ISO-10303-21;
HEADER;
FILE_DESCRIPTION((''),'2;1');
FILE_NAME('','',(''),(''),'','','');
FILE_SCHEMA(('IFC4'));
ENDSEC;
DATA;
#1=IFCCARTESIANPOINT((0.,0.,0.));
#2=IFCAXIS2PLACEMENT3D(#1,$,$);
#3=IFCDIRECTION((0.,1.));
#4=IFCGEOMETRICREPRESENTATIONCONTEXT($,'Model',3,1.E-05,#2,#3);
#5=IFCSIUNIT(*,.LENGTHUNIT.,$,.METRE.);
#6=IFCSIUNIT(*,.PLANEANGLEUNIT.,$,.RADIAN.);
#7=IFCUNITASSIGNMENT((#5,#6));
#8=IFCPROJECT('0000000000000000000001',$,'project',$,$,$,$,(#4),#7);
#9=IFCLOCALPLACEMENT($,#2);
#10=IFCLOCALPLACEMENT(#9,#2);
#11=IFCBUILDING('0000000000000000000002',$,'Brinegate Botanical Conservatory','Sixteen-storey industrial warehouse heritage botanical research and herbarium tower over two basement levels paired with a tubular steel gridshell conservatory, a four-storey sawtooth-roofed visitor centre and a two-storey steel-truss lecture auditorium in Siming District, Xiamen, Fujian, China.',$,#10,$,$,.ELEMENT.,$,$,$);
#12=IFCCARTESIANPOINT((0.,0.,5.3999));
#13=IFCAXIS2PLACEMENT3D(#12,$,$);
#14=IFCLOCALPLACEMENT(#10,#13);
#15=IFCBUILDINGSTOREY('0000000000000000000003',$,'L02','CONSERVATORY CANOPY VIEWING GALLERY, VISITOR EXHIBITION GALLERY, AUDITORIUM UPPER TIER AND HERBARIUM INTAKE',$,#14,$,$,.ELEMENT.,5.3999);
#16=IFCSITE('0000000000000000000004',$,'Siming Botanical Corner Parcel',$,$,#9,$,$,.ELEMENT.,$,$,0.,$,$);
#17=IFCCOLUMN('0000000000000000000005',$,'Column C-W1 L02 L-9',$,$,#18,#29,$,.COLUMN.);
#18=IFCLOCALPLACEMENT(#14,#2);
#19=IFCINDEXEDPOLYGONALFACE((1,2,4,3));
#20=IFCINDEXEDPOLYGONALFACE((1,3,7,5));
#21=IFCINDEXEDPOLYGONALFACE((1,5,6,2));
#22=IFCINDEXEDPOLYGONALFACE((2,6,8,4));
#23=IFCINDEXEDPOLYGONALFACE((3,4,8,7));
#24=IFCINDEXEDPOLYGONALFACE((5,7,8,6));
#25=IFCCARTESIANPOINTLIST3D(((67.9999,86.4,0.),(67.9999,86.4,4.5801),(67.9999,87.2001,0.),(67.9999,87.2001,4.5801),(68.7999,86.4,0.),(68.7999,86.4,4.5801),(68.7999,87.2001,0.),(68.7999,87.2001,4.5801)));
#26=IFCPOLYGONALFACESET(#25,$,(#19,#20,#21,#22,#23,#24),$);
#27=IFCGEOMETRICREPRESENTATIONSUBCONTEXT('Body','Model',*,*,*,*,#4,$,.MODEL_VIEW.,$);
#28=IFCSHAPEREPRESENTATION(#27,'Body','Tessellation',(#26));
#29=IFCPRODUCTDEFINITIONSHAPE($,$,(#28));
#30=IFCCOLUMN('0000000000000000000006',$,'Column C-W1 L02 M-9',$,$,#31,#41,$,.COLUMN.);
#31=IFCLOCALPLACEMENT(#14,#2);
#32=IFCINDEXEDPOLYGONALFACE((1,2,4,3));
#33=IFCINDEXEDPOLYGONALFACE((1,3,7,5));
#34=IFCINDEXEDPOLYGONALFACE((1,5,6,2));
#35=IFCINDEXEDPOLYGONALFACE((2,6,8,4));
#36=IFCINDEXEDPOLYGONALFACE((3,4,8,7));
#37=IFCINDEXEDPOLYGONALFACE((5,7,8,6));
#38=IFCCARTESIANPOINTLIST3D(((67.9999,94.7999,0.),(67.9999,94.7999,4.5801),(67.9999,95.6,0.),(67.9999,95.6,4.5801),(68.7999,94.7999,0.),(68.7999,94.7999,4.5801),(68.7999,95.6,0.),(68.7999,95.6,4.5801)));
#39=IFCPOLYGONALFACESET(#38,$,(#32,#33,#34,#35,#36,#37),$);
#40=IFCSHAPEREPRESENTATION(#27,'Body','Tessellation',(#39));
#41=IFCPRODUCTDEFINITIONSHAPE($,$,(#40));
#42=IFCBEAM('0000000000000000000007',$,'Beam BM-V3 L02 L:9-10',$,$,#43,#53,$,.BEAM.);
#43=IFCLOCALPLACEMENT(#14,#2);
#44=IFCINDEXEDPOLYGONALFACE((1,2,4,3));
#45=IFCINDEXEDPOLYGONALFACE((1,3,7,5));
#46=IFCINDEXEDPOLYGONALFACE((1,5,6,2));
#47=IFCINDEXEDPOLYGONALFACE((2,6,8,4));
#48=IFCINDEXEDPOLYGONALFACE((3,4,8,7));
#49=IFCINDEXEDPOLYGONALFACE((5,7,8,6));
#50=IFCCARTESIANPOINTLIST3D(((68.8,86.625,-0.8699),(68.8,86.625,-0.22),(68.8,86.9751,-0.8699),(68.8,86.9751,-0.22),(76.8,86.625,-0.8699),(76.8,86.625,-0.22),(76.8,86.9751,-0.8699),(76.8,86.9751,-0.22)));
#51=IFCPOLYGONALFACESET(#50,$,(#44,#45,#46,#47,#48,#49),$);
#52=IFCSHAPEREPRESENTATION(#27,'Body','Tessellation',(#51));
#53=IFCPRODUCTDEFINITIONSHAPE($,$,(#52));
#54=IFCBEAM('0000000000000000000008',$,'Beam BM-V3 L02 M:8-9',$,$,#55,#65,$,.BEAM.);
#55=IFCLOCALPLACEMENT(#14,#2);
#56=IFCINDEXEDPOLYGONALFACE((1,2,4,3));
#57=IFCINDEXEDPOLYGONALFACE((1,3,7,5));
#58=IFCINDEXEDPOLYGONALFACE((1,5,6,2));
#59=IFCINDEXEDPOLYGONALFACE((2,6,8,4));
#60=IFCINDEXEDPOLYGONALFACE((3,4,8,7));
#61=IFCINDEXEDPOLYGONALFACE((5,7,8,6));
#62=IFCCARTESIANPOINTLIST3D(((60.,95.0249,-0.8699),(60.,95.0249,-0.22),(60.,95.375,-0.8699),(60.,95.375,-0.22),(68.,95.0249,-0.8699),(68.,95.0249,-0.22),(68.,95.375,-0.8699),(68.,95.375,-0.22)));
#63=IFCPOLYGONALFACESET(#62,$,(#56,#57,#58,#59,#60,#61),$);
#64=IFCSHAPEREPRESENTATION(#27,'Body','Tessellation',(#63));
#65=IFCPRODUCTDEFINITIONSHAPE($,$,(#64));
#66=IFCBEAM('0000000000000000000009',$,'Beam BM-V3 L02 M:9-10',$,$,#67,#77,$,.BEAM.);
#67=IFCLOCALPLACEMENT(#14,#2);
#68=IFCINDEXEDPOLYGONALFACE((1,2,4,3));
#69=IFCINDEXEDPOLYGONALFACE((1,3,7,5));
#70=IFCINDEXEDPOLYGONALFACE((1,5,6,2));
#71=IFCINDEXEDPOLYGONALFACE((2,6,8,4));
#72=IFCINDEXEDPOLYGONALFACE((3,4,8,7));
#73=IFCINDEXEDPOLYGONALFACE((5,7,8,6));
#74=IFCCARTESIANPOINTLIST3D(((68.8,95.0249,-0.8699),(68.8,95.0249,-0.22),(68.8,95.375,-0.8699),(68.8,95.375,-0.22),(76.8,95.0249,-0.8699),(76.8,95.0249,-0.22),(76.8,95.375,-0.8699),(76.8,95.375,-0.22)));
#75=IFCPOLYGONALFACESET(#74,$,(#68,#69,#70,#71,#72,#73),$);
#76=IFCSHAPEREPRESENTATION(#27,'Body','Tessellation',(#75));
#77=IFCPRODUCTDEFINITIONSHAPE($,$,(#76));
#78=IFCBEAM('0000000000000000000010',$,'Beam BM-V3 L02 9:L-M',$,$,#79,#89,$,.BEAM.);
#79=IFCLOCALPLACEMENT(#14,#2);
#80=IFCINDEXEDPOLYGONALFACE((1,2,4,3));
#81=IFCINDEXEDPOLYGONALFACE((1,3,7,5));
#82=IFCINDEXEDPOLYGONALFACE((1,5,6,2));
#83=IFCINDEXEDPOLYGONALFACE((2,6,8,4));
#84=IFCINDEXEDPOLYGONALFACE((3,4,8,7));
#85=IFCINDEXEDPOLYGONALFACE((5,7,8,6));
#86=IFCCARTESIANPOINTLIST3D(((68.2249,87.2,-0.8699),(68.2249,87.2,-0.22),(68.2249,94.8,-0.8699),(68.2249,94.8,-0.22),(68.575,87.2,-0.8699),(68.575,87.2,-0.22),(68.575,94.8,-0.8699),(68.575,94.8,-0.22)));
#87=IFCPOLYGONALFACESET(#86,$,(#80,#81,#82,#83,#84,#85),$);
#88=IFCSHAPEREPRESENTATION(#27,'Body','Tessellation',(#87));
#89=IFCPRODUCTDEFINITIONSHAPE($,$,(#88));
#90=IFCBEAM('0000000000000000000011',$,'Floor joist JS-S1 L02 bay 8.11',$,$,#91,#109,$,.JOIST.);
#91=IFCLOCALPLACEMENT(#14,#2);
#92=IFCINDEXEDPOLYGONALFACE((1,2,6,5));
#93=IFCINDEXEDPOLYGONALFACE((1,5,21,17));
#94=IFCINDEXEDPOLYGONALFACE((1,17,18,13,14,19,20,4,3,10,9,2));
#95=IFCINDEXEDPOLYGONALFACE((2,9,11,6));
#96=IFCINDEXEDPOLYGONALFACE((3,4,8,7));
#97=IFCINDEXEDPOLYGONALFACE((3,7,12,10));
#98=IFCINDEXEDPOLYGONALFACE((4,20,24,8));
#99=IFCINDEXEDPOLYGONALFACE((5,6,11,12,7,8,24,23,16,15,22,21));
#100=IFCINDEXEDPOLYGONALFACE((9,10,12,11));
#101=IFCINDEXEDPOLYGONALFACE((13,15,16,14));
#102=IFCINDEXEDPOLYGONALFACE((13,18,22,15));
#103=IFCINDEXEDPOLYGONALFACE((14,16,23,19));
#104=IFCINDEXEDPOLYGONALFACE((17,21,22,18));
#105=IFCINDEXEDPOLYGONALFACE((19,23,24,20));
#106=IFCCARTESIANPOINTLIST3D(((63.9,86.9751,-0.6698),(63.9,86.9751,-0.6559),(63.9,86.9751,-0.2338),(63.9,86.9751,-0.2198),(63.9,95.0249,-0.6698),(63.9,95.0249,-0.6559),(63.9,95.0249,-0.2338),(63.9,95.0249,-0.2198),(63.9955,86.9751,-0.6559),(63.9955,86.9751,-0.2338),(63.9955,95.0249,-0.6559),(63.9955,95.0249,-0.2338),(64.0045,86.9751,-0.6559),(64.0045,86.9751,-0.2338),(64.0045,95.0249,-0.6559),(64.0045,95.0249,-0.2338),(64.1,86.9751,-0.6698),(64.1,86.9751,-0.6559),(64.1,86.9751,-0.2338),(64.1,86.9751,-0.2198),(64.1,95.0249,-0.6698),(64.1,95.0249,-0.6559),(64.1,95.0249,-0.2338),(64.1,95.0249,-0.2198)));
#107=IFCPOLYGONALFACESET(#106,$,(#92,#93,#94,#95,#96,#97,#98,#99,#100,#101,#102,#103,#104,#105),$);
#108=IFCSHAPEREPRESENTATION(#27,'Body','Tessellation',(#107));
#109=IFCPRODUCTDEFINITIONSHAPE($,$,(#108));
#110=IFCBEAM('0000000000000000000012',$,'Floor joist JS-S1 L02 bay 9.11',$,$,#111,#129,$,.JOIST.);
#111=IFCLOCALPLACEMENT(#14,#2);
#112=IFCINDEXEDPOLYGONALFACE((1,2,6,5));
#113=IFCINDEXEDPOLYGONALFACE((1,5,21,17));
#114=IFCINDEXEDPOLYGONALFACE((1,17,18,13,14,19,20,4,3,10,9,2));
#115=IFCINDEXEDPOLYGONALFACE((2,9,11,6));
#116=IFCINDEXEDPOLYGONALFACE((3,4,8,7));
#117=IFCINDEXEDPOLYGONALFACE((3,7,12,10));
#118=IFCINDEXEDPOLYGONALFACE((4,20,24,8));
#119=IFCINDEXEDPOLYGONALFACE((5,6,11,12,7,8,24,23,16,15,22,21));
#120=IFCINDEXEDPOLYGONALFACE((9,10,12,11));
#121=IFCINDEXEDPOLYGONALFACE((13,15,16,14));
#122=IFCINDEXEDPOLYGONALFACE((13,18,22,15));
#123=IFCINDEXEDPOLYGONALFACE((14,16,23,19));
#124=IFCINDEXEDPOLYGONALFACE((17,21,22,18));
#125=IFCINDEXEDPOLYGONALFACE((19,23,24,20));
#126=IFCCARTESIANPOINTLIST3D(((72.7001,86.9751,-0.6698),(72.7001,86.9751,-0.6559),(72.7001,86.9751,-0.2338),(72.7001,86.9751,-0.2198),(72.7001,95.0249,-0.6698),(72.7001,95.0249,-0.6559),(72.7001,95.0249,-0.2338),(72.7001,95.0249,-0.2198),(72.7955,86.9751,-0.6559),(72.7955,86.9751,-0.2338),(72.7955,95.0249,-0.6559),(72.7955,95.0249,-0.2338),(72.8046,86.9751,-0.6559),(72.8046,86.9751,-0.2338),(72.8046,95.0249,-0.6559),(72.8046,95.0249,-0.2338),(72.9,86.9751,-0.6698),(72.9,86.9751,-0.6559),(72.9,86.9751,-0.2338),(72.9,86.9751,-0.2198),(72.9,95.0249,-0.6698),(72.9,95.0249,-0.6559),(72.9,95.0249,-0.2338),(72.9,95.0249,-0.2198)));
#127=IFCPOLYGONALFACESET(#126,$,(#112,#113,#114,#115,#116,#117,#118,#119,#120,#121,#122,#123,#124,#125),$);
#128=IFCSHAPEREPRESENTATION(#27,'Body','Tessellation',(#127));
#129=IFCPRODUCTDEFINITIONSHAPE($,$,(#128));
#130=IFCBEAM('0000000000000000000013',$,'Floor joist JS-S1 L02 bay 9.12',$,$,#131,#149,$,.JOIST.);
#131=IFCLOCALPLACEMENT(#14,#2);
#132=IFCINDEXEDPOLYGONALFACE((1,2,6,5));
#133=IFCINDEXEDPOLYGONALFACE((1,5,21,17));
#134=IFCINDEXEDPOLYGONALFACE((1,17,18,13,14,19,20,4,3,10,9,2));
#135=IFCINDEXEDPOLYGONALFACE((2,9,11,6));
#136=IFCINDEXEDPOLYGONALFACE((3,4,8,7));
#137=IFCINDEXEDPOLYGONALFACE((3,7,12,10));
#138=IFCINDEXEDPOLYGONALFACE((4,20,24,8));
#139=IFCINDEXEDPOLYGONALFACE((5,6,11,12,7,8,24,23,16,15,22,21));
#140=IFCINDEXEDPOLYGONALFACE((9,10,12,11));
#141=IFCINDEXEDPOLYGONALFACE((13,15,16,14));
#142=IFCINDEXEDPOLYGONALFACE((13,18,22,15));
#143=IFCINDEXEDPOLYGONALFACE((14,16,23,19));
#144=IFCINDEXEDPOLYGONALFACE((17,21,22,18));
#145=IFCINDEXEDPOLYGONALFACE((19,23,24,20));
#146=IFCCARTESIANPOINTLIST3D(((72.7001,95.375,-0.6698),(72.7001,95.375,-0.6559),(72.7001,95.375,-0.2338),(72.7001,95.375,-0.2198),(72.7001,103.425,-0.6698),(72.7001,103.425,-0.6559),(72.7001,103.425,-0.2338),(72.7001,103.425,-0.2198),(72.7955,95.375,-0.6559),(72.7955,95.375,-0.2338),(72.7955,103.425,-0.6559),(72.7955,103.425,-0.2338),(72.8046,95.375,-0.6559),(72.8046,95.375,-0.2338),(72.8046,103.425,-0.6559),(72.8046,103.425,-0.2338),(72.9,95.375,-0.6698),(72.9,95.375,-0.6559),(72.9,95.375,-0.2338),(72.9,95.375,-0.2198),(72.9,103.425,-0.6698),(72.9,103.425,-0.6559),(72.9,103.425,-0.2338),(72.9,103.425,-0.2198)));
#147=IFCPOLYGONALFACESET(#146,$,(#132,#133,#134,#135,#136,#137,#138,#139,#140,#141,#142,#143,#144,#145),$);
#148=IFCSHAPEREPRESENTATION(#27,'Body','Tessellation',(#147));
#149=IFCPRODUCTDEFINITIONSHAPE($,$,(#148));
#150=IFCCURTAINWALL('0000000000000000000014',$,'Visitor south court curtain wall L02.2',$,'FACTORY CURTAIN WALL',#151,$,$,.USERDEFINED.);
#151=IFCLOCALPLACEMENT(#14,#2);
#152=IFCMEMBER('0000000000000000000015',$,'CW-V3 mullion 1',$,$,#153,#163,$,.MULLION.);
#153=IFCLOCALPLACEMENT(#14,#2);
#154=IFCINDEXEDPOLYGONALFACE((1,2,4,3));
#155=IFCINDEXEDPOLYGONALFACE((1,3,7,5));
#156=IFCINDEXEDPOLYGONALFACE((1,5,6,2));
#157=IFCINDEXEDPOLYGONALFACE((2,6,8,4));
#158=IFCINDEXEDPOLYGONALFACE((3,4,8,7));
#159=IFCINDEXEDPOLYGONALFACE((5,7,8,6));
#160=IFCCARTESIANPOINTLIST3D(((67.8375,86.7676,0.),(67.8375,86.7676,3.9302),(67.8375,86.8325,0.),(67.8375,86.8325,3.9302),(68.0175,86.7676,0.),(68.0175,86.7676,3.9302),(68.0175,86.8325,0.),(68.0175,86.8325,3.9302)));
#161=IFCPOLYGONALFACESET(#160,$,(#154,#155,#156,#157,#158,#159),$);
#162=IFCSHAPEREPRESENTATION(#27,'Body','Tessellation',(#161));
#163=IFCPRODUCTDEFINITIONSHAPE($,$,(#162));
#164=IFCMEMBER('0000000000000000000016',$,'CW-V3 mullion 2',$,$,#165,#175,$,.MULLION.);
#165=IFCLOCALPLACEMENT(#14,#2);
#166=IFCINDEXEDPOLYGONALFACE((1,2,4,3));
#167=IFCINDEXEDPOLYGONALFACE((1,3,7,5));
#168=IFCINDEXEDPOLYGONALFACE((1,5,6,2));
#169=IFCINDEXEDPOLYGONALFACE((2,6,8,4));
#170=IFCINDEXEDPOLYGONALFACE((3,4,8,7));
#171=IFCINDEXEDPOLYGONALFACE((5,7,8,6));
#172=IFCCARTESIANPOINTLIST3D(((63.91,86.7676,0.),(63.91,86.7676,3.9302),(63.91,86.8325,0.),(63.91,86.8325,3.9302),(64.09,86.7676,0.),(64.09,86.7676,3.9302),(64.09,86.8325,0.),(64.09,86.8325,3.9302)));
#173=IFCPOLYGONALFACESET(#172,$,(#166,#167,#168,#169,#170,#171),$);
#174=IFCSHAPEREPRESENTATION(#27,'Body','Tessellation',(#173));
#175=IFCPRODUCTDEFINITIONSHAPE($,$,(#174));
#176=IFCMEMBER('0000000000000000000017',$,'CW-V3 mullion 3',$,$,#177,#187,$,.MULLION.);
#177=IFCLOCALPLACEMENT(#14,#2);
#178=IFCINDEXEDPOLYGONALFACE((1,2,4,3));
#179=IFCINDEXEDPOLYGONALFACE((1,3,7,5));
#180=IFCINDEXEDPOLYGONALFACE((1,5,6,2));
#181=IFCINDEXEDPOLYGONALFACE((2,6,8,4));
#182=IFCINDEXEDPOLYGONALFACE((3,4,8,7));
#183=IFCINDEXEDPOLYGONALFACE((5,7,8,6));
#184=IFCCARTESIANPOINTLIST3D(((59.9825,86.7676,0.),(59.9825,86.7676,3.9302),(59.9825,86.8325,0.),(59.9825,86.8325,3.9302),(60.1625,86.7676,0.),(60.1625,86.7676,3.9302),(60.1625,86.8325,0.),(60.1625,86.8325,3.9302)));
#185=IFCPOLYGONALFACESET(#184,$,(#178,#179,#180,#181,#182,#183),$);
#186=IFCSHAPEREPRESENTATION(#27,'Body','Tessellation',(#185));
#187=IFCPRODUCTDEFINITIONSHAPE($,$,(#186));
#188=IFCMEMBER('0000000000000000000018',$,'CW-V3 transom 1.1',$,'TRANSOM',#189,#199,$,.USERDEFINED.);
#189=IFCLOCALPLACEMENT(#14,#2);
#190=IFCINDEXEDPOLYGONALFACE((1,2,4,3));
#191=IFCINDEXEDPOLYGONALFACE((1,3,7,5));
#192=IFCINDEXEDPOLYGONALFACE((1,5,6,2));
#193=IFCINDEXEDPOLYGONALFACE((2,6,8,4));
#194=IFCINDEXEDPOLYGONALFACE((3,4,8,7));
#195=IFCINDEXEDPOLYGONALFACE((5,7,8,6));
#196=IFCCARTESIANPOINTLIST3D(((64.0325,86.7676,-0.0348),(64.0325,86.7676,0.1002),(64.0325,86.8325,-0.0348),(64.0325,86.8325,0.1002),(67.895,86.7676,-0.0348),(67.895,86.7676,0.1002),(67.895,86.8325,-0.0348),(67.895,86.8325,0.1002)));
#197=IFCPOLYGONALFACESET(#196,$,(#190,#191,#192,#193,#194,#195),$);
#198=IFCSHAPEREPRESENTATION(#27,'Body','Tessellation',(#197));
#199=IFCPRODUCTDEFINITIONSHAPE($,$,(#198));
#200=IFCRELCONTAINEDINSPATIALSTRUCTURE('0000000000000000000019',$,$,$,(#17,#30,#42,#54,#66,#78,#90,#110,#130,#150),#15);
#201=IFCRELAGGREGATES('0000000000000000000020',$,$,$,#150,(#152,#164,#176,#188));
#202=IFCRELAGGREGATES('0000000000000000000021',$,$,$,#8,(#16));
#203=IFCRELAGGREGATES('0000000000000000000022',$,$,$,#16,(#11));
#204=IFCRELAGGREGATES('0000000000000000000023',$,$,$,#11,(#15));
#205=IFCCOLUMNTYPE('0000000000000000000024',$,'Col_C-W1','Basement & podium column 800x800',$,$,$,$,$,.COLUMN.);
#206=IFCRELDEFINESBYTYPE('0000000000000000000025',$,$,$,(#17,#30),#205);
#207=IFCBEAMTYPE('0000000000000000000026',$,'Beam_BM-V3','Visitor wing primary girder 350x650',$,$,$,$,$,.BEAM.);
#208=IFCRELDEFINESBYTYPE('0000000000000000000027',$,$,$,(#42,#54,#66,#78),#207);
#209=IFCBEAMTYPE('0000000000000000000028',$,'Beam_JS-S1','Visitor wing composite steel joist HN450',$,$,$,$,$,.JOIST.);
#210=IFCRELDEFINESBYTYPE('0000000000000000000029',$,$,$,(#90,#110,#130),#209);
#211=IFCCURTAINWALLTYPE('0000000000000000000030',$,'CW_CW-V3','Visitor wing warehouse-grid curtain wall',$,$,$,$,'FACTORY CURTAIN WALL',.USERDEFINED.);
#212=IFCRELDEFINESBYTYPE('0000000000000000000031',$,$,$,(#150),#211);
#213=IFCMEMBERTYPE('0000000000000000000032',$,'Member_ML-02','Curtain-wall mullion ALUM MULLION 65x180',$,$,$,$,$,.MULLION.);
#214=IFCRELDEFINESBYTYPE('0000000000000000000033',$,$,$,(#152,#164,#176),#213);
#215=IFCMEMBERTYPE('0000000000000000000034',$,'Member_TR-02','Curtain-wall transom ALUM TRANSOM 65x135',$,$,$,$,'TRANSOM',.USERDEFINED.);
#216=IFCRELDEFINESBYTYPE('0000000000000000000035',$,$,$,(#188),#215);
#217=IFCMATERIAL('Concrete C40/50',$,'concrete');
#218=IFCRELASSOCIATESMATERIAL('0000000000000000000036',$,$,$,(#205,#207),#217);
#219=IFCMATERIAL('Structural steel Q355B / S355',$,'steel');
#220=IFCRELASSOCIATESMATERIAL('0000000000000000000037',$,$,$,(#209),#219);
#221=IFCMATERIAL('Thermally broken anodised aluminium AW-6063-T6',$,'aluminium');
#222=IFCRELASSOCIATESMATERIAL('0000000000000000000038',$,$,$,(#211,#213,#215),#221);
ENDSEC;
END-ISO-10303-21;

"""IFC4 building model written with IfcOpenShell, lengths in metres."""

from ifc_helpers import new_model, si_unit, direction, frame, origin, origin_2d, place, context, subcontext, project, spatial, rectangle, i_section, extrude, material, material_profile, profile_set, type_object, element, aggregate, save


model = new_model("IFC4")

# Units and contexts
model_context = context("Model", 3, precision=1e-05, world=origin(), true_north=direction((0.0, 1.0)))
body_context = subcontext(model_context, "Body", "Model", "MODEL_VIEW")
ifc_project = project(units=[si_unit("LENGTHUNIT", "METRE"), si_unit("PLANEANGLEUNIT", "RADIAN")], contexts=[model_context])

# Site, building, storey
site_placement = place(None, origin())
site = spatial("IfcSite", under=ifc_project, at=site_placement, Name="Siming Botanical Corner Parcel", CompositionType="ELEMENT", RefElevation=0.0)
building_placement = place(site_placement, origin())
building = spatial("IfcBuilding", under=site, at=building_placement, Name="Brinegate Botanical Conservatory", Description="Sixteen-storey industrial warehouse heritage botanical research and herbarium tower over two basement levels paired with a tubular steel gridshell conservatory, a four-storey sawtooth-roofed visitor centre and a two-storey steel-truss lecture auditorium in Siming District, Xiamen, Fujian, China.", CompositionType="ELEMENT")
storey_placement = place(building_placement, frame((0.0, 0.0, 5.3999)))
storey = spatial("IfcBuildingStorey", under=building, at=storey_placement, Name="L02", Description="CONSERVATORY CANOPY VIEWING GALLERY, VISITOR EXHIBITION GALLERY, AUDITORIUM UPPER TIER AND HERBARIUM INTAKE", CompositionType="ELEMENT", Elevation=5.3999)

# Columns
ifc_material_1 = material(Name="Concrete C40/50", Category="concrete")
ifc_material_profile_1 = material_profile(ifc_material_1, rectangle(XDim=0.8, YDim=0.8, at=origin_2d()), Name="RC COL 800x800")
ifc_profile_set_1 = profile_set([ifc_material_profile_1], Name="Concrete C40/50")
column_type = type_object("IfcColumnType", Name="Col_C-W1", Description="Basement & podium column 800x800", PredefinedType="COLUMN", material=ifc_profile_set_1)
for number, where, z_axis, x_axis, name in (
    (1, (68.3999, 86.8, 0.0), (0.0, 0.0, 1.0), (1.0, 0.0, 0.0), "Column C-W1 L02 L-9"),
    (2, (68.3999, 95.2, 0.0), (0.0, 0.0, 1.0), (1.0, 0.0, 0.0), "Column C-W1 L02 M-9"),
):
    element("IfcColumn", number, at=place(storey_placement, frame(where, z_axis=z_axis, x_axis=x_axis)), inside=storey, type_object=column_type, Name=name, PredefinedType="COLUMN", context=body_context, shape_type="SweptSolid", body=[
        extrude(rectangle(XDim=0.8, YDim=0.8, at=origin_2d()), origin(), (0.0, 0.0, 1.0), 4.5801),
    ])

# Beams
ifc_material_profile_2 = material_profile(ifc_material_1, rectangle(XDim=0.3501, YDim=0.6499, at=origin_2d()), Name="RC BM 350x650")
ifc_profile_set_2 = profile_set([ifc_material_profile_2], Name="Concrete C40/50")
beam_type_1 = type_object("IfcBeamType", Name="Beam_BM-V3", Description="Visitor wing primary girder 350x650", PredefinedType="BEAM", material=ifc_profile_set_2)
for number, where, z_axis, x_axis, name in (
    (3, (68.8, 86.8, -0.5449), (1.0, 0.0, 0.0), (0.0, 1.0, 0.0), "Beam BM-V3 L02 L:9-10"),
    (4, (60.0, 95.2, -0.5449), (1.0, 0.0, 0.0), (0.0, 1.0, 0.0), "Beam BM-V3 L02 M:8-9"),
    (5, (68.8, 95.2, -0.5449), (1.0, 0.0, 0.0), (0.0, 1.0, 0.0), "Beam BM-V3 L02 M:9-10"),
):
    element("IfcBeam", number, at=place(storey_placement, frame(where, z_axis=z_axis, x_axis=x_axis)), inside=storey, type_object=beam_type_1, Name=name, PredefinedType="BEAM", context=body_context, shape_type="SweptSolid", body=[
        extrude(rectangle(XDim=0.3501, YDim=0.6499, at=origin_2d()), origin(), (0.0, 0.0, 1.0), 8.0),
    ])
beam_1_placement = place(storey_placement, frame((68.3999, 87.2, -0.5449), z_axis=(0.0, 1.0, 0.0), x_axis=(-1.0, 0.0, 0.0)))
element("IfcBeam", 6, at=beam_1_placement, inside=storey, type_object=beam_type_1, Name="Beam BM-V3 L02 9:L-M", PredefinedType="BEAM", context=body_context, shape_type="SweptSolid", body=[
    extrude(rectangle(XDim=0.3501, YDim=0.6499, at=origin_2d()), origin(), (0.0, 0.0, 1.0), 7.6001),
])
ifc_material_2 = material(Name="Structural steel Q355B / S355", Category="steel")
ifc_material_profile_3 = material_profile(ifc_material_2, i_section(OverallWidth=0.2, OverallDepth=0.45, WebThickness=0.009, FlangeThickness=0.0139, at=origin_2d()), Name="HN 450x200x9x14")
ifc_profile_set_3 = profile_set([ifc_material_profile_3], Name="Structural steel Q355B / S355")
beam_type_2 = type_object("IfcBeamType", Name="Beam_JS-S1", Description="Visitor wing composite steel joist HN450", PredefinedType="JOIST", material=ifc_profile_set_3)
for number, where, z_axis, x_axis, name in (
    (7, (64.0, 86.9751, -0.4448), (0.0, 1.0, 0.0), (-1.0, 0.0, 0.0), "Floor joist JS-S1 L02 bay 8.11"),
    (8, (72.8, 86.9751, -0.4448), (0.0, 1.0, 0.0), (-1.0, 0.0, 0.0), "Floor joist JS-S1 L02 bay 9.11"),
):
    element("IfcBeam", number, at=place(storey_placement, frame(where, z_axis=z_axis, x_axis=x_axis)), inside=storey, type_object=beam_type_2, Name=name, PredefinedType="JOIST", context=body_context, shape_type="SweptSolid", body=[
        extrude(i_section(OverallWidth=0.2, OverallDepth=0.45, WebThickness=0.009, FlangeThickness=0.0139, at=origin_2d()), origin(), (0.0, 0.0, 1.0), 8.0498),
    ])
beam_2_placement = place(storey_placement, frame((72.8, 95.375, -0.4448), z_axis=(0.0, 1.0, 0.0), x_axis=(-1.0, 0.0, 0.0)))
element("IfcBeam", 9, at=beam_2_placement, inside=storey, type_object=beam_type_2, Name="Floor joist JS-S1 L02 bay 9.12", PredefinedType="JOIST", context=body_context, shape_type="SweptSolid", body=[
    extrude(i_section(OverallWidth=0.2, OverallDepth=0.45, WebThickness=0.009, FlangeThickness=0.0139, at=origin_2d()), origin(), (0.0, 0.0, 1.0), 8.05),
])

# Curtain wall, members
ifc_material_3 = material(Name="Thermally broken anodised aluminium AW-6063-T6", Category="aluminium")
curtain_wall_type = type_object("IfcCurtainWallType", Name="CW_CW-V3", Description="Visitor wing warehouse-grid curtain wall", ElementType="FACTORY CURTAIN WALL", PredefinedType="USERDEFINED", material=ifc_material_3)
curtain_wall_placement = place(storey_placement, origin())
curtain_wall = element("IfcCurtainWall", 10, at=curtain_wall_placement, inside=storey, type_object=curtain_wall_type, Name="Visitor south court curtain wall L02.2", ObjectType="FACTORY CURTAIN WALL", PredefinedType="USERDEFINED")
ifc_material_profile_4 = material_profile(ifc_material_3, rectangle(XDim=0.0649, YDim=0.1799, at=origin_2d()), Name="ALUM MULLION 65x180")
ifc_profile_set_4 = profile_set([ifc_material_profile_4], Name="Thermally broken anodised aluminium AW-6063-T6")
member_type_1 = type_object("IfcMemberType", Name="Member_ML-02", Description="Curtain-wall mullion ALUM MULLION 65x180", PredefinedType="MULLION", material=ifc_profile_set_4)
member_1_placement = place(storey_placement, frame((67.9275, 86.8, 0.0), z_axis=(0.0, 0.0, 1.0), x_axis=(0.0, -1.0, 0.0)))
member_1 = element("IfcMember", 11, at=member_1_placement, type_object=member_type_1, Name="CW-V3 mullion 1", PredefinedType="MULLION", context=body_context, shape_type="SweptSolid", body=[
    extrude(rectangle(XDim=0.0649, YDim=0.1799, at=origin_2d()), origin(), (0.0, 0.0, 1.0), 3.9302),
])
member_2_placement = place(storey_placement, frame((64.0, 86.8, 0.0), z_axis=(0.0, 0.0, 1.0), x_axis=(0.0, -1.0, 0.0)))
member_2 = element("IfcMember", 12, at=member_2_placement, type_object=member_type_1, Name="CW-V3 mullion 2", PredefinedType="MULLION", context=body_context, shape_type="SweptSolid", body=[
    extrude(rectangle(XDim=0.0649, YDim=0.1799, at=origin_2d()), origin(), (0.0, 0.0, 1.0), 3.9302),
])
member_3_placement = place(storey_placement, frame((60.0725, 86.8, 0.0), z_axis=(0.0, 0.0, 1.0), x_axis=(0.0, -1.0, 0.0)))
member_3 = element("IfcMember", 13, at=member_3_placement, type_object=member_type_1, Name="CW-V3 mullion 3", PredefinedType="MULLION", context=body_context, shape_type="SweptSolid", body=[
    extrude(rectangle(XDim=0.0649, YDim=0.1799, at=origin_2d()), origin(), (0.0, 0.0, 1.0), 3.9302),
])
ifc_material_profile_5 = material_profile(ifc_material_3, rectangle(XDim=0.0649, YDim=0.135, at=origin_2d()), Name="ALUM TRANSOM 65x135")
ifc_profile_set_5 = profile_set([ifc_material_profile_5], Name="Thermally broken anodised aluminium AW-6063-T6")
member_type_2 = type_object("IfcMemberType", Name="Member_TR-02", Description="Curtain-wall transom ALUM TRANSOM 65x135", ElementType="TRANSOM", PredefinedType="USERDEFINED", material=ifc_profile_set_5)
member_4_placement = place(storey_placement, frame((67.895, 86.8, 0.0327), z_axis=(-1.0, 0.0, 0.0), x_axis=(0.0, -1.0, 0.0)))
member_4 = element("IfcMember", 14, at=member_4_placement, type_object=member_type_2, Name="CW-V3 transom 1.1", ObjectType="TRANSOM", PredefinedType="USERDEFINED", context=body_context, shape_type="SweptSolid", body=[
    extrude(rectangle(XDim=0.0649, YDim=0.135, at=origin_2d()), origin(), (0.0, 0.0, 1.0), 3.8625),
])
aggregate(curtain_wall, [member_1, member_2, member_3, member_4])

save(model, "model.ifc")
